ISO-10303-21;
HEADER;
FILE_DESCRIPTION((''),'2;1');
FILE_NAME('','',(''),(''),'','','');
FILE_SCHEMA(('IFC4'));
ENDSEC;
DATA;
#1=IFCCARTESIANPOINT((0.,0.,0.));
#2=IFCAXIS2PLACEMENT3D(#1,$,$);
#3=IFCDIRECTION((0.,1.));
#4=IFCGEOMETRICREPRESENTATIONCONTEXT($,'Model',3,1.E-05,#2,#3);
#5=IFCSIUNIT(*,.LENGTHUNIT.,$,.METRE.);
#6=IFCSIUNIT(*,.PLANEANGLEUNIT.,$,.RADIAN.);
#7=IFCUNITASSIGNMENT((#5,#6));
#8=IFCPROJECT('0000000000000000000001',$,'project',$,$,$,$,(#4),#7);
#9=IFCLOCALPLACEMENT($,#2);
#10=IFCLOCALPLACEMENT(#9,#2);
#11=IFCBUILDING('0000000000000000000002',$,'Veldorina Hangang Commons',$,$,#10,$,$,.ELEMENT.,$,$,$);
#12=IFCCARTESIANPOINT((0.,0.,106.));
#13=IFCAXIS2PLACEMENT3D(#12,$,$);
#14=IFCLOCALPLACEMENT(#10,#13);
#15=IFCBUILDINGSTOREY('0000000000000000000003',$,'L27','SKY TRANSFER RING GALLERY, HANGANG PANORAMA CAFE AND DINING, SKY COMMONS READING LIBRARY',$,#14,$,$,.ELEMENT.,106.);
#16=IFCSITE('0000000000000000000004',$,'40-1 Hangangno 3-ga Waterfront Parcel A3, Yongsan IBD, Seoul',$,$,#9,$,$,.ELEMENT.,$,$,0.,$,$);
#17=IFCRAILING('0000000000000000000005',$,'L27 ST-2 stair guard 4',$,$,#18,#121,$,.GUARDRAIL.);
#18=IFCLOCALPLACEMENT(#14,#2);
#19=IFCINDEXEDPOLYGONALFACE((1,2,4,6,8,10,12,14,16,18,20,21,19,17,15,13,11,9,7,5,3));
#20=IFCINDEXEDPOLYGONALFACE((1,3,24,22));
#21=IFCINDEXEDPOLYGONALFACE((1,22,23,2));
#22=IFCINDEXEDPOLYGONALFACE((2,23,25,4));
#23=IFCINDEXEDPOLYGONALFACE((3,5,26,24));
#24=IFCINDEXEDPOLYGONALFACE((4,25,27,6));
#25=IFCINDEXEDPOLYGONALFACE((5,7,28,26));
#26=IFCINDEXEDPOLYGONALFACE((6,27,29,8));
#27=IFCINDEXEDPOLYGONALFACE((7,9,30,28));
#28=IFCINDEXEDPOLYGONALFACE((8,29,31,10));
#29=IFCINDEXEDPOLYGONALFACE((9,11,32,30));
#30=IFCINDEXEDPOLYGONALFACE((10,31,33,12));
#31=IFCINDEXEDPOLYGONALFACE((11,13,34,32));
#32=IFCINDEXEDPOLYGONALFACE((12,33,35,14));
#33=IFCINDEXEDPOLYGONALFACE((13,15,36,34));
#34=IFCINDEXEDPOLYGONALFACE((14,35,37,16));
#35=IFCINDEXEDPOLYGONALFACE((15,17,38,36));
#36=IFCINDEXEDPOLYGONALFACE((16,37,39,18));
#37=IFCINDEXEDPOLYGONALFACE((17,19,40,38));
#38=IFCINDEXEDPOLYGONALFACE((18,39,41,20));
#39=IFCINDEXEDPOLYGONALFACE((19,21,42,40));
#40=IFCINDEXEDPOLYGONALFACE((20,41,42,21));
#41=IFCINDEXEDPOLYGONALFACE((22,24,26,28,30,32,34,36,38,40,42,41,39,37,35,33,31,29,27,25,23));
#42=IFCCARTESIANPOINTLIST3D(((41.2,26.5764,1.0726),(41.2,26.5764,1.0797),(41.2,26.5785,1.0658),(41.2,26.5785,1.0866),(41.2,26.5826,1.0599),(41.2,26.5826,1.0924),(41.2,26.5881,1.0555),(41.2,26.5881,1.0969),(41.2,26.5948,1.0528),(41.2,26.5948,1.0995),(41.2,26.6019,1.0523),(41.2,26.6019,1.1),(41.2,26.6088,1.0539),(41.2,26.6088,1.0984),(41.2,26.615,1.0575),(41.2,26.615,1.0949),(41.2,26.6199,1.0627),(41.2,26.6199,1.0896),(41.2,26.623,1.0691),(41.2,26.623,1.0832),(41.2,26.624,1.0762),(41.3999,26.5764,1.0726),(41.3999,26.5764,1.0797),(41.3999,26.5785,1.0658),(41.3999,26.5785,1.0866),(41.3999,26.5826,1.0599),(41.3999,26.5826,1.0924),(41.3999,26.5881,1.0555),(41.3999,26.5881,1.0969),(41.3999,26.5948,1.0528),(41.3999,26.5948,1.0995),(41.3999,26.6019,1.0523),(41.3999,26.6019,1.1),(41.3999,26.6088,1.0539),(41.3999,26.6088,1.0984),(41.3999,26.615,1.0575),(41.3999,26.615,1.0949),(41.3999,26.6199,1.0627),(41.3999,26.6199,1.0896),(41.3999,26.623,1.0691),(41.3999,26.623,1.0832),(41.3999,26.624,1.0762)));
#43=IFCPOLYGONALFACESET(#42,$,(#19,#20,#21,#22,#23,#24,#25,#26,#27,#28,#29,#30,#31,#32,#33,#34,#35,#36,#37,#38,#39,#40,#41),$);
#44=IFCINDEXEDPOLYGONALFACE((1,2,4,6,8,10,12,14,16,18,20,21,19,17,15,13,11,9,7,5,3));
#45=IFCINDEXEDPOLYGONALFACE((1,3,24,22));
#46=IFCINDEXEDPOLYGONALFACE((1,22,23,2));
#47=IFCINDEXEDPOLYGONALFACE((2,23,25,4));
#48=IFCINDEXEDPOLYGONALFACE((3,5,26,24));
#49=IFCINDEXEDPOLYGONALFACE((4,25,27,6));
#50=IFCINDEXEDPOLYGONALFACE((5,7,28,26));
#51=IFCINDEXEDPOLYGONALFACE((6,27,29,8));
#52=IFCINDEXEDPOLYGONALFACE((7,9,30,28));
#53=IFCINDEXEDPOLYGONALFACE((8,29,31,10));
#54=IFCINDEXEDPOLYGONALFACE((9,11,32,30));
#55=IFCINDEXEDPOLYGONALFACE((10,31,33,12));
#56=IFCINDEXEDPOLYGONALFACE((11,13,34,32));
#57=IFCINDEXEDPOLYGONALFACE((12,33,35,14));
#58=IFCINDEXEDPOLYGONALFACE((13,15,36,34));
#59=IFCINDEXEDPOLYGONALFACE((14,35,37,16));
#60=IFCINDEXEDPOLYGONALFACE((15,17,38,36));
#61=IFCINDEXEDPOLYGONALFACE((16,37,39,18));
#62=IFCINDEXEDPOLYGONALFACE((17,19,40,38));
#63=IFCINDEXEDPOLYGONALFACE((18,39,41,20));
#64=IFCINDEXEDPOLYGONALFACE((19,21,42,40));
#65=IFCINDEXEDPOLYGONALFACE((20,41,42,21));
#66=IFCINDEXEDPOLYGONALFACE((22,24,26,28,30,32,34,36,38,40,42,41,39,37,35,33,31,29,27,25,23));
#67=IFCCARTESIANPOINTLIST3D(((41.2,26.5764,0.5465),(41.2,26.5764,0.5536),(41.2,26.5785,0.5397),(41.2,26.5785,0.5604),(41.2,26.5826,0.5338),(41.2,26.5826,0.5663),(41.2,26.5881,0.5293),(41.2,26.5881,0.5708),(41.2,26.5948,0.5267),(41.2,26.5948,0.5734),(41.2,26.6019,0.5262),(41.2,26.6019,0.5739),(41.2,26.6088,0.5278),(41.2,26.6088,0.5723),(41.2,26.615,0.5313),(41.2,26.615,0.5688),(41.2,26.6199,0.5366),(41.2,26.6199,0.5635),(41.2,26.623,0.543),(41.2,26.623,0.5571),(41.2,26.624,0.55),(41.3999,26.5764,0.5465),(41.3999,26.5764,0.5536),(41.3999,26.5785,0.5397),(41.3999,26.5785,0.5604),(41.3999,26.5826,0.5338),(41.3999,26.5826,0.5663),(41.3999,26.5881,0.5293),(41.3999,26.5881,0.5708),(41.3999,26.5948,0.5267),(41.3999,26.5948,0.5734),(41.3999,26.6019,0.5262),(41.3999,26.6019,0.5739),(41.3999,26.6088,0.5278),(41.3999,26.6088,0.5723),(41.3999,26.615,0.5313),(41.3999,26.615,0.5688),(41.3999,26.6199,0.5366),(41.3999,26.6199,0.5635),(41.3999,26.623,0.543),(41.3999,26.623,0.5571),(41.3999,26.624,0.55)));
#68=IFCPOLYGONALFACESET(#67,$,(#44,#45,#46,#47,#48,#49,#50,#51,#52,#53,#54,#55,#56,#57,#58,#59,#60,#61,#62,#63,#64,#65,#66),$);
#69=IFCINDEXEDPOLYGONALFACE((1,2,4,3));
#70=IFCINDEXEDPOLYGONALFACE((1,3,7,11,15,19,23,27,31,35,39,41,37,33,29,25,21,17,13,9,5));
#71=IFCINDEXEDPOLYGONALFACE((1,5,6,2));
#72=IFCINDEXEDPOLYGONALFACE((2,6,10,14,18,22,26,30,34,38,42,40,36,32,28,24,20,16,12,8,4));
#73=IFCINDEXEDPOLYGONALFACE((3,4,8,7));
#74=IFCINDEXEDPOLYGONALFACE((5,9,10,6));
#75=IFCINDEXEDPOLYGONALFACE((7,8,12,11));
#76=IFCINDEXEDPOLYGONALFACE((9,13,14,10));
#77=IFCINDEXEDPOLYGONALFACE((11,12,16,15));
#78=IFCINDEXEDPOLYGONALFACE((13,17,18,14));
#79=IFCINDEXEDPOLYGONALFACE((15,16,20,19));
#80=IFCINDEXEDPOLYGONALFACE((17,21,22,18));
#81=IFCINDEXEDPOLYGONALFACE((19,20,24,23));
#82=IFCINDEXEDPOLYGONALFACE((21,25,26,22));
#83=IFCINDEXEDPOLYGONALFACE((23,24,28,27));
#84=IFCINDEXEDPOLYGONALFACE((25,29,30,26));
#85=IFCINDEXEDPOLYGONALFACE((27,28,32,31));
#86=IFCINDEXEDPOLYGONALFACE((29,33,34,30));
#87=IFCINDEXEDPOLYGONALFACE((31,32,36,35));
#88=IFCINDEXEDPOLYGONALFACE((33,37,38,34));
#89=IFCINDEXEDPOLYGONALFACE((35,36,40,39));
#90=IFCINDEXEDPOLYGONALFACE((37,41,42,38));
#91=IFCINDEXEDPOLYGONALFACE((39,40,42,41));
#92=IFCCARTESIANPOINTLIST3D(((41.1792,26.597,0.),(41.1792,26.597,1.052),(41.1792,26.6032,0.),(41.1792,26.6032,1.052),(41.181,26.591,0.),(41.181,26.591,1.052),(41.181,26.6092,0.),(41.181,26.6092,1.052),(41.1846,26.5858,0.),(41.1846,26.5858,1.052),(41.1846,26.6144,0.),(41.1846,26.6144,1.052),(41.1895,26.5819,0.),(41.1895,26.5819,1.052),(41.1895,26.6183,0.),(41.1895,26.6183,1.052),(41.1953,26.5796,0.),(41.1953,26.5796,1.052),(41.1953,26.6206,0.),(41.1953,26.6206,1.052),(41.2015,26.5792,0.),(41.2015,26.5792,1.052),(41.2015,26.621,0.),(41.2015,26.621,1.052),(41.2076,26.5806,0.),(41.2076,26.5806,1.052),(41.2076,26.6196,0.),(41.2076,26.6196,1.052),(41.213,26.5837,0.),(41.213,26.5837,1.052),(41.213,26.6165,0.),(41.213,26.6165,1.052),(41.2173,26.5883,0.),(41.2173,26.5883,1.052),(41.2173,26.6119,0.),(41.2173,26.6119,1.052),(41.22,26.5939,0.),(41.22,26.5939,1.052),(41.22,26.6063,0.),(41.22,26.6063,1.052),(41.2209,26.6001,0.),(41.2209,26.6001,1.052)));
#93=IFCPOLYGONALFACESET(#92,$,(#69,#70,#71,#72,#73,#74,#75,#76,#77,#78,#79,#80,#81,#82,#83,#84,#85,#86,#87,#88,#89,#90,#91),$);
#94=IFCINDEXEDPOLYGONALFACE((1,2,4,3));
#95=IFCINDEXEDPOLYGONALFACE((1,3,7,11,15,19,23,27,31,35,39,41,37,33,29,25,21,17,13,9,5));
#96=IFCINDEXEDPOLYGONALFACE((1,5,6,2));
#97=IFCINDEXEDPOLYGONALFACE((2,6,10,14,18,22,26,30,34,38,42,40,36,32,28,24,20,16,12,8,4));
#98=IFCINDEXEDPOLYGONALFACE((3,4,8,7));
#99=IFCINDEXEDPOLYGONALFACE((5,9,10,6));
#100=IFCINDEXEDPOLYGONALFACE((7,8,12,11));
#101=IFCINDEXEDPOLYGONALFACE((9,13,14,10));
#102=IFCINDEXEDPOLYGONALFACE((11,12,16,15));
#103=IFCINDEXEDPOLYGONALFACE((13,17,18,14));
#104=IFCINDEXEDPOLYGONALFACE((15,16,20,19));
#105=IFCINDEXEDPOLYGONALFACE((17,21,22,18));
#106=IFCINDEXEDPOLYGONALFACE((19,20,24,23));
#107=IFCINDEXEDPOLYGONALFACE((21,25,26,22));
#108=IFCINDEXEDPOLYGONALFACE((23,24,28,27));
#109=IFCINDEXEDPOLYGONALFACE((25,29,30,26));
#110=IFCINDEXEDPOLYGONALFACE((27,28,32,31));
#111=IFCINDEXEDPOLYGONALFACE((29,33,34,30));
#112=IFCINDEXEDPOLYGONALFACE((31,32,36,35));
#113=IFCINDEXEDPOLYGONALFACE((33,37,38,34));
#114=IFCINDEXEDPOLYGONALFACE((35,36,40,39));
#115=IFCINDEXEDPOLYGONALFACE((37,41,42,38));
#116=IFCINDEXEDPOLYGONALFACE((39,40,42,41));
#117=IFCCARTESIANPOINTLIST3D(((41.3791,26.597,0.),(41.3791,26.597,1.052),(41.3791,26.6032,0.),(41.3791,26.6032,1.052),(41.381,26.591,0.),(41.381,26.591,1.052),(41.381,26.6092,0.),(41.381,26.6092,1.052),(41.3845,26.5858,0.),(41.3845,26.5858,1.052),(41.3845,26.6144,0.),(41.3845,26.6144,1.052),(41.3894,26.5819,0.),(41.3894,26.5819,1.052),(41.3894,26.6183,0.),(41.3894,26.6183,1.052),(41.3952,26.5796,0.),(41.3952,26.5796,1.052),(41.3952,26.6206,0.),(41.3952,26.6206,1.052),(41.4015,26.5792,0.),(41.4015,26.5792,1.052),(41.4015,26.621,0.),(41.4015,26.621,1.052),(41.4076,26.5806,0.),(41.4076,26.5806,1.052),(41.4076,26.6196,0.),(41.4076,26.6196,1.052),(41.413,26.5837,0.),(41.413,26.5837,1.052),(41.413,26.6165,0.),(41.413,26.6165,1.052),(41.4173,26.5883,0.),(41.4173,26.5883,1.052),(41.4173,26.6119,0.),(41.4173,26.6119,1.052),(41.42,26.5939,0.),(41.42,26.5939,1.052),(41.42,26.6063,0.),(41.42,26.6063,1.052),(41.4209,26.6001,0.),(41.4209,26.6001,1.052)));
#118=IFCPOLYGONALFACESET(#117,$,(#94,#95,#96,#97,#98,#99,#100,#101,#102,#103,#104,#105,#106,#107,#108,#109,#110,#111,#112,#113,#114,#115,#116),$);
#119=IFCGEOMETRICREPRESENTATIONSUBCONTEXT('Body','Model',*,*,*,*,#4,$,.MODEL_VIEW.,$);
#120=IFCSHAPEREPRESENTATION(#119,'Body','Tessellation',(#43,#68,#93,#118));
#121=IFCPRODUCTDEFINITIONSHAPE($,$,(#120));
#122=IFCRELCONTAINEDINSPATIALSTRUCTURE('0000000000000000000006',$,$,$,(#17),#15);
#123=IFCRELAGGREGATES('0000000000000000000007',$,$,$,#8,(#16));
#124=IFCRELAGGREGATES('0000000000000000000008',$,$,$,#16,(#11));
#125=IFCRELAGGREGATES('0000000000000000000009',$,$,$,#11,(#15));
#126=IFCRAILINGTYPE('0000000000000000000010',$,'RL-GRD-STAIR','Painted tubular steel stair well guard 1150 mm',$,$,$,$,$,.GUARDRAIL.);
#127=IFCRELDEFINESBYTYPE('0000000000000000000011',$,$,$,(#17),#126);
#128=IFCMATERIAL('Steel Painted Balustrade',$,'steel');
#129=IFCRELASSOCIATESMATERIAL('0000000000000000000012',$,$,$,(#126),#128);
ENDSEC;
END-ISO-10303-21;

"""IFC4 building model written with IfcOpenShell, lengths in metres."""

from ifc_helpers import new_model, si_unit, direction, frame, origin, origin_2d, place, context, subcontext, project, spatial, circle, extrude, material, type_object, element, save


model = new_model("IFC4")

# Units and contexts
model_context = context("Model", 3, precision=1e-05, world=origin(), true_north=direction((0.0, 1.0)))
body_context = subcontext(model_context, "Body", "Model", "MODEL_VIEW")
ifc_project = project(units=[si_unit("LENGTHUNIT", "METRE"), si_unit("PLANEANGLEUNIT", "RADIAN")], contexts=[model_context])

# Site, building, storey
site_placement = place(None, origin())
site = spatial("IfcSite", under=ifc_project, at=site_placement, Name="40-1 Hangangno 3-ga Waterfront Parcel A3, Yongsan IBD, Seoul", CompositionType="ELEMENT", RefElevation=0.0)
building_placement = place(site_placement, origin())
building = spatial("IfcBuilding", under=site, at=building_placement, Name="Veldorina Hangang Commons", CompositionType="ELEMENT")
storey_placement = place(building_placement, frame((0.0, 0.0, 106.0)))
storey = spatial("IfcBuildingStorey", under=building, at=storey_placement, Name="L27", Description="SKY TRANSFER RING GALLERY, HANGANG PANORAMA CAFE AND DINING, SKY COMMONS READING LIBRARY", CompositionType="ELEMENT", Elevation=106.0)

# Railing
ifc_material_1 = material(Name="Steel Painted Balustrade", Category="steel")
railing_type_1 = type_object("IfcRailingType", Name="RL-GRD-STAIR", Description="Painted tubular steel stair well guard 1150 mm", PredefinedType="GUARDRAIL", material=ifc_material_1)
railing_1_placement = place(storey_placement, frame((41.2, 26.6001, 0.0)))
element("IfcRailing", 1, at=railing_1_placement, inside=storey, type_object=railing_type_1, Name="L27 ST-2 stair guard 4", PredefinedType="GUARDRAIL", context=body_context, shape_type="SweptSolid", body=[
    extrude(circle(Radius=0.0239, at=origin_2d()), frame((0.0, 0.0, 1.0762), z_axis=(1.0, 0.0, 0.0), x_axis=(0.0, 1.0, 0.0)), (0.0, 0.0, 1.0), 0.2),
    extrude(circle(Radius=0.0239, at=origin_2d()), frame((0.0, 0.0, 0.55), z_axis=(1.0, 0.0, 0.0), x_axis=(0.0, 1.0, 0.0)), (0.0, 0.0, 1.0), 0.2),
    extrude(circle(Radius=0.021, at=origin_2d()), origin(), (0.0, 0.0, 1.0), 1.052),
    extrude(circle(Radius=0.021, at=origin_2d()), frame((0.2, 0.0, 0.0)), (0.0, 0.0, 1.0), 1.052),
])

save(model, "model.ifc")
